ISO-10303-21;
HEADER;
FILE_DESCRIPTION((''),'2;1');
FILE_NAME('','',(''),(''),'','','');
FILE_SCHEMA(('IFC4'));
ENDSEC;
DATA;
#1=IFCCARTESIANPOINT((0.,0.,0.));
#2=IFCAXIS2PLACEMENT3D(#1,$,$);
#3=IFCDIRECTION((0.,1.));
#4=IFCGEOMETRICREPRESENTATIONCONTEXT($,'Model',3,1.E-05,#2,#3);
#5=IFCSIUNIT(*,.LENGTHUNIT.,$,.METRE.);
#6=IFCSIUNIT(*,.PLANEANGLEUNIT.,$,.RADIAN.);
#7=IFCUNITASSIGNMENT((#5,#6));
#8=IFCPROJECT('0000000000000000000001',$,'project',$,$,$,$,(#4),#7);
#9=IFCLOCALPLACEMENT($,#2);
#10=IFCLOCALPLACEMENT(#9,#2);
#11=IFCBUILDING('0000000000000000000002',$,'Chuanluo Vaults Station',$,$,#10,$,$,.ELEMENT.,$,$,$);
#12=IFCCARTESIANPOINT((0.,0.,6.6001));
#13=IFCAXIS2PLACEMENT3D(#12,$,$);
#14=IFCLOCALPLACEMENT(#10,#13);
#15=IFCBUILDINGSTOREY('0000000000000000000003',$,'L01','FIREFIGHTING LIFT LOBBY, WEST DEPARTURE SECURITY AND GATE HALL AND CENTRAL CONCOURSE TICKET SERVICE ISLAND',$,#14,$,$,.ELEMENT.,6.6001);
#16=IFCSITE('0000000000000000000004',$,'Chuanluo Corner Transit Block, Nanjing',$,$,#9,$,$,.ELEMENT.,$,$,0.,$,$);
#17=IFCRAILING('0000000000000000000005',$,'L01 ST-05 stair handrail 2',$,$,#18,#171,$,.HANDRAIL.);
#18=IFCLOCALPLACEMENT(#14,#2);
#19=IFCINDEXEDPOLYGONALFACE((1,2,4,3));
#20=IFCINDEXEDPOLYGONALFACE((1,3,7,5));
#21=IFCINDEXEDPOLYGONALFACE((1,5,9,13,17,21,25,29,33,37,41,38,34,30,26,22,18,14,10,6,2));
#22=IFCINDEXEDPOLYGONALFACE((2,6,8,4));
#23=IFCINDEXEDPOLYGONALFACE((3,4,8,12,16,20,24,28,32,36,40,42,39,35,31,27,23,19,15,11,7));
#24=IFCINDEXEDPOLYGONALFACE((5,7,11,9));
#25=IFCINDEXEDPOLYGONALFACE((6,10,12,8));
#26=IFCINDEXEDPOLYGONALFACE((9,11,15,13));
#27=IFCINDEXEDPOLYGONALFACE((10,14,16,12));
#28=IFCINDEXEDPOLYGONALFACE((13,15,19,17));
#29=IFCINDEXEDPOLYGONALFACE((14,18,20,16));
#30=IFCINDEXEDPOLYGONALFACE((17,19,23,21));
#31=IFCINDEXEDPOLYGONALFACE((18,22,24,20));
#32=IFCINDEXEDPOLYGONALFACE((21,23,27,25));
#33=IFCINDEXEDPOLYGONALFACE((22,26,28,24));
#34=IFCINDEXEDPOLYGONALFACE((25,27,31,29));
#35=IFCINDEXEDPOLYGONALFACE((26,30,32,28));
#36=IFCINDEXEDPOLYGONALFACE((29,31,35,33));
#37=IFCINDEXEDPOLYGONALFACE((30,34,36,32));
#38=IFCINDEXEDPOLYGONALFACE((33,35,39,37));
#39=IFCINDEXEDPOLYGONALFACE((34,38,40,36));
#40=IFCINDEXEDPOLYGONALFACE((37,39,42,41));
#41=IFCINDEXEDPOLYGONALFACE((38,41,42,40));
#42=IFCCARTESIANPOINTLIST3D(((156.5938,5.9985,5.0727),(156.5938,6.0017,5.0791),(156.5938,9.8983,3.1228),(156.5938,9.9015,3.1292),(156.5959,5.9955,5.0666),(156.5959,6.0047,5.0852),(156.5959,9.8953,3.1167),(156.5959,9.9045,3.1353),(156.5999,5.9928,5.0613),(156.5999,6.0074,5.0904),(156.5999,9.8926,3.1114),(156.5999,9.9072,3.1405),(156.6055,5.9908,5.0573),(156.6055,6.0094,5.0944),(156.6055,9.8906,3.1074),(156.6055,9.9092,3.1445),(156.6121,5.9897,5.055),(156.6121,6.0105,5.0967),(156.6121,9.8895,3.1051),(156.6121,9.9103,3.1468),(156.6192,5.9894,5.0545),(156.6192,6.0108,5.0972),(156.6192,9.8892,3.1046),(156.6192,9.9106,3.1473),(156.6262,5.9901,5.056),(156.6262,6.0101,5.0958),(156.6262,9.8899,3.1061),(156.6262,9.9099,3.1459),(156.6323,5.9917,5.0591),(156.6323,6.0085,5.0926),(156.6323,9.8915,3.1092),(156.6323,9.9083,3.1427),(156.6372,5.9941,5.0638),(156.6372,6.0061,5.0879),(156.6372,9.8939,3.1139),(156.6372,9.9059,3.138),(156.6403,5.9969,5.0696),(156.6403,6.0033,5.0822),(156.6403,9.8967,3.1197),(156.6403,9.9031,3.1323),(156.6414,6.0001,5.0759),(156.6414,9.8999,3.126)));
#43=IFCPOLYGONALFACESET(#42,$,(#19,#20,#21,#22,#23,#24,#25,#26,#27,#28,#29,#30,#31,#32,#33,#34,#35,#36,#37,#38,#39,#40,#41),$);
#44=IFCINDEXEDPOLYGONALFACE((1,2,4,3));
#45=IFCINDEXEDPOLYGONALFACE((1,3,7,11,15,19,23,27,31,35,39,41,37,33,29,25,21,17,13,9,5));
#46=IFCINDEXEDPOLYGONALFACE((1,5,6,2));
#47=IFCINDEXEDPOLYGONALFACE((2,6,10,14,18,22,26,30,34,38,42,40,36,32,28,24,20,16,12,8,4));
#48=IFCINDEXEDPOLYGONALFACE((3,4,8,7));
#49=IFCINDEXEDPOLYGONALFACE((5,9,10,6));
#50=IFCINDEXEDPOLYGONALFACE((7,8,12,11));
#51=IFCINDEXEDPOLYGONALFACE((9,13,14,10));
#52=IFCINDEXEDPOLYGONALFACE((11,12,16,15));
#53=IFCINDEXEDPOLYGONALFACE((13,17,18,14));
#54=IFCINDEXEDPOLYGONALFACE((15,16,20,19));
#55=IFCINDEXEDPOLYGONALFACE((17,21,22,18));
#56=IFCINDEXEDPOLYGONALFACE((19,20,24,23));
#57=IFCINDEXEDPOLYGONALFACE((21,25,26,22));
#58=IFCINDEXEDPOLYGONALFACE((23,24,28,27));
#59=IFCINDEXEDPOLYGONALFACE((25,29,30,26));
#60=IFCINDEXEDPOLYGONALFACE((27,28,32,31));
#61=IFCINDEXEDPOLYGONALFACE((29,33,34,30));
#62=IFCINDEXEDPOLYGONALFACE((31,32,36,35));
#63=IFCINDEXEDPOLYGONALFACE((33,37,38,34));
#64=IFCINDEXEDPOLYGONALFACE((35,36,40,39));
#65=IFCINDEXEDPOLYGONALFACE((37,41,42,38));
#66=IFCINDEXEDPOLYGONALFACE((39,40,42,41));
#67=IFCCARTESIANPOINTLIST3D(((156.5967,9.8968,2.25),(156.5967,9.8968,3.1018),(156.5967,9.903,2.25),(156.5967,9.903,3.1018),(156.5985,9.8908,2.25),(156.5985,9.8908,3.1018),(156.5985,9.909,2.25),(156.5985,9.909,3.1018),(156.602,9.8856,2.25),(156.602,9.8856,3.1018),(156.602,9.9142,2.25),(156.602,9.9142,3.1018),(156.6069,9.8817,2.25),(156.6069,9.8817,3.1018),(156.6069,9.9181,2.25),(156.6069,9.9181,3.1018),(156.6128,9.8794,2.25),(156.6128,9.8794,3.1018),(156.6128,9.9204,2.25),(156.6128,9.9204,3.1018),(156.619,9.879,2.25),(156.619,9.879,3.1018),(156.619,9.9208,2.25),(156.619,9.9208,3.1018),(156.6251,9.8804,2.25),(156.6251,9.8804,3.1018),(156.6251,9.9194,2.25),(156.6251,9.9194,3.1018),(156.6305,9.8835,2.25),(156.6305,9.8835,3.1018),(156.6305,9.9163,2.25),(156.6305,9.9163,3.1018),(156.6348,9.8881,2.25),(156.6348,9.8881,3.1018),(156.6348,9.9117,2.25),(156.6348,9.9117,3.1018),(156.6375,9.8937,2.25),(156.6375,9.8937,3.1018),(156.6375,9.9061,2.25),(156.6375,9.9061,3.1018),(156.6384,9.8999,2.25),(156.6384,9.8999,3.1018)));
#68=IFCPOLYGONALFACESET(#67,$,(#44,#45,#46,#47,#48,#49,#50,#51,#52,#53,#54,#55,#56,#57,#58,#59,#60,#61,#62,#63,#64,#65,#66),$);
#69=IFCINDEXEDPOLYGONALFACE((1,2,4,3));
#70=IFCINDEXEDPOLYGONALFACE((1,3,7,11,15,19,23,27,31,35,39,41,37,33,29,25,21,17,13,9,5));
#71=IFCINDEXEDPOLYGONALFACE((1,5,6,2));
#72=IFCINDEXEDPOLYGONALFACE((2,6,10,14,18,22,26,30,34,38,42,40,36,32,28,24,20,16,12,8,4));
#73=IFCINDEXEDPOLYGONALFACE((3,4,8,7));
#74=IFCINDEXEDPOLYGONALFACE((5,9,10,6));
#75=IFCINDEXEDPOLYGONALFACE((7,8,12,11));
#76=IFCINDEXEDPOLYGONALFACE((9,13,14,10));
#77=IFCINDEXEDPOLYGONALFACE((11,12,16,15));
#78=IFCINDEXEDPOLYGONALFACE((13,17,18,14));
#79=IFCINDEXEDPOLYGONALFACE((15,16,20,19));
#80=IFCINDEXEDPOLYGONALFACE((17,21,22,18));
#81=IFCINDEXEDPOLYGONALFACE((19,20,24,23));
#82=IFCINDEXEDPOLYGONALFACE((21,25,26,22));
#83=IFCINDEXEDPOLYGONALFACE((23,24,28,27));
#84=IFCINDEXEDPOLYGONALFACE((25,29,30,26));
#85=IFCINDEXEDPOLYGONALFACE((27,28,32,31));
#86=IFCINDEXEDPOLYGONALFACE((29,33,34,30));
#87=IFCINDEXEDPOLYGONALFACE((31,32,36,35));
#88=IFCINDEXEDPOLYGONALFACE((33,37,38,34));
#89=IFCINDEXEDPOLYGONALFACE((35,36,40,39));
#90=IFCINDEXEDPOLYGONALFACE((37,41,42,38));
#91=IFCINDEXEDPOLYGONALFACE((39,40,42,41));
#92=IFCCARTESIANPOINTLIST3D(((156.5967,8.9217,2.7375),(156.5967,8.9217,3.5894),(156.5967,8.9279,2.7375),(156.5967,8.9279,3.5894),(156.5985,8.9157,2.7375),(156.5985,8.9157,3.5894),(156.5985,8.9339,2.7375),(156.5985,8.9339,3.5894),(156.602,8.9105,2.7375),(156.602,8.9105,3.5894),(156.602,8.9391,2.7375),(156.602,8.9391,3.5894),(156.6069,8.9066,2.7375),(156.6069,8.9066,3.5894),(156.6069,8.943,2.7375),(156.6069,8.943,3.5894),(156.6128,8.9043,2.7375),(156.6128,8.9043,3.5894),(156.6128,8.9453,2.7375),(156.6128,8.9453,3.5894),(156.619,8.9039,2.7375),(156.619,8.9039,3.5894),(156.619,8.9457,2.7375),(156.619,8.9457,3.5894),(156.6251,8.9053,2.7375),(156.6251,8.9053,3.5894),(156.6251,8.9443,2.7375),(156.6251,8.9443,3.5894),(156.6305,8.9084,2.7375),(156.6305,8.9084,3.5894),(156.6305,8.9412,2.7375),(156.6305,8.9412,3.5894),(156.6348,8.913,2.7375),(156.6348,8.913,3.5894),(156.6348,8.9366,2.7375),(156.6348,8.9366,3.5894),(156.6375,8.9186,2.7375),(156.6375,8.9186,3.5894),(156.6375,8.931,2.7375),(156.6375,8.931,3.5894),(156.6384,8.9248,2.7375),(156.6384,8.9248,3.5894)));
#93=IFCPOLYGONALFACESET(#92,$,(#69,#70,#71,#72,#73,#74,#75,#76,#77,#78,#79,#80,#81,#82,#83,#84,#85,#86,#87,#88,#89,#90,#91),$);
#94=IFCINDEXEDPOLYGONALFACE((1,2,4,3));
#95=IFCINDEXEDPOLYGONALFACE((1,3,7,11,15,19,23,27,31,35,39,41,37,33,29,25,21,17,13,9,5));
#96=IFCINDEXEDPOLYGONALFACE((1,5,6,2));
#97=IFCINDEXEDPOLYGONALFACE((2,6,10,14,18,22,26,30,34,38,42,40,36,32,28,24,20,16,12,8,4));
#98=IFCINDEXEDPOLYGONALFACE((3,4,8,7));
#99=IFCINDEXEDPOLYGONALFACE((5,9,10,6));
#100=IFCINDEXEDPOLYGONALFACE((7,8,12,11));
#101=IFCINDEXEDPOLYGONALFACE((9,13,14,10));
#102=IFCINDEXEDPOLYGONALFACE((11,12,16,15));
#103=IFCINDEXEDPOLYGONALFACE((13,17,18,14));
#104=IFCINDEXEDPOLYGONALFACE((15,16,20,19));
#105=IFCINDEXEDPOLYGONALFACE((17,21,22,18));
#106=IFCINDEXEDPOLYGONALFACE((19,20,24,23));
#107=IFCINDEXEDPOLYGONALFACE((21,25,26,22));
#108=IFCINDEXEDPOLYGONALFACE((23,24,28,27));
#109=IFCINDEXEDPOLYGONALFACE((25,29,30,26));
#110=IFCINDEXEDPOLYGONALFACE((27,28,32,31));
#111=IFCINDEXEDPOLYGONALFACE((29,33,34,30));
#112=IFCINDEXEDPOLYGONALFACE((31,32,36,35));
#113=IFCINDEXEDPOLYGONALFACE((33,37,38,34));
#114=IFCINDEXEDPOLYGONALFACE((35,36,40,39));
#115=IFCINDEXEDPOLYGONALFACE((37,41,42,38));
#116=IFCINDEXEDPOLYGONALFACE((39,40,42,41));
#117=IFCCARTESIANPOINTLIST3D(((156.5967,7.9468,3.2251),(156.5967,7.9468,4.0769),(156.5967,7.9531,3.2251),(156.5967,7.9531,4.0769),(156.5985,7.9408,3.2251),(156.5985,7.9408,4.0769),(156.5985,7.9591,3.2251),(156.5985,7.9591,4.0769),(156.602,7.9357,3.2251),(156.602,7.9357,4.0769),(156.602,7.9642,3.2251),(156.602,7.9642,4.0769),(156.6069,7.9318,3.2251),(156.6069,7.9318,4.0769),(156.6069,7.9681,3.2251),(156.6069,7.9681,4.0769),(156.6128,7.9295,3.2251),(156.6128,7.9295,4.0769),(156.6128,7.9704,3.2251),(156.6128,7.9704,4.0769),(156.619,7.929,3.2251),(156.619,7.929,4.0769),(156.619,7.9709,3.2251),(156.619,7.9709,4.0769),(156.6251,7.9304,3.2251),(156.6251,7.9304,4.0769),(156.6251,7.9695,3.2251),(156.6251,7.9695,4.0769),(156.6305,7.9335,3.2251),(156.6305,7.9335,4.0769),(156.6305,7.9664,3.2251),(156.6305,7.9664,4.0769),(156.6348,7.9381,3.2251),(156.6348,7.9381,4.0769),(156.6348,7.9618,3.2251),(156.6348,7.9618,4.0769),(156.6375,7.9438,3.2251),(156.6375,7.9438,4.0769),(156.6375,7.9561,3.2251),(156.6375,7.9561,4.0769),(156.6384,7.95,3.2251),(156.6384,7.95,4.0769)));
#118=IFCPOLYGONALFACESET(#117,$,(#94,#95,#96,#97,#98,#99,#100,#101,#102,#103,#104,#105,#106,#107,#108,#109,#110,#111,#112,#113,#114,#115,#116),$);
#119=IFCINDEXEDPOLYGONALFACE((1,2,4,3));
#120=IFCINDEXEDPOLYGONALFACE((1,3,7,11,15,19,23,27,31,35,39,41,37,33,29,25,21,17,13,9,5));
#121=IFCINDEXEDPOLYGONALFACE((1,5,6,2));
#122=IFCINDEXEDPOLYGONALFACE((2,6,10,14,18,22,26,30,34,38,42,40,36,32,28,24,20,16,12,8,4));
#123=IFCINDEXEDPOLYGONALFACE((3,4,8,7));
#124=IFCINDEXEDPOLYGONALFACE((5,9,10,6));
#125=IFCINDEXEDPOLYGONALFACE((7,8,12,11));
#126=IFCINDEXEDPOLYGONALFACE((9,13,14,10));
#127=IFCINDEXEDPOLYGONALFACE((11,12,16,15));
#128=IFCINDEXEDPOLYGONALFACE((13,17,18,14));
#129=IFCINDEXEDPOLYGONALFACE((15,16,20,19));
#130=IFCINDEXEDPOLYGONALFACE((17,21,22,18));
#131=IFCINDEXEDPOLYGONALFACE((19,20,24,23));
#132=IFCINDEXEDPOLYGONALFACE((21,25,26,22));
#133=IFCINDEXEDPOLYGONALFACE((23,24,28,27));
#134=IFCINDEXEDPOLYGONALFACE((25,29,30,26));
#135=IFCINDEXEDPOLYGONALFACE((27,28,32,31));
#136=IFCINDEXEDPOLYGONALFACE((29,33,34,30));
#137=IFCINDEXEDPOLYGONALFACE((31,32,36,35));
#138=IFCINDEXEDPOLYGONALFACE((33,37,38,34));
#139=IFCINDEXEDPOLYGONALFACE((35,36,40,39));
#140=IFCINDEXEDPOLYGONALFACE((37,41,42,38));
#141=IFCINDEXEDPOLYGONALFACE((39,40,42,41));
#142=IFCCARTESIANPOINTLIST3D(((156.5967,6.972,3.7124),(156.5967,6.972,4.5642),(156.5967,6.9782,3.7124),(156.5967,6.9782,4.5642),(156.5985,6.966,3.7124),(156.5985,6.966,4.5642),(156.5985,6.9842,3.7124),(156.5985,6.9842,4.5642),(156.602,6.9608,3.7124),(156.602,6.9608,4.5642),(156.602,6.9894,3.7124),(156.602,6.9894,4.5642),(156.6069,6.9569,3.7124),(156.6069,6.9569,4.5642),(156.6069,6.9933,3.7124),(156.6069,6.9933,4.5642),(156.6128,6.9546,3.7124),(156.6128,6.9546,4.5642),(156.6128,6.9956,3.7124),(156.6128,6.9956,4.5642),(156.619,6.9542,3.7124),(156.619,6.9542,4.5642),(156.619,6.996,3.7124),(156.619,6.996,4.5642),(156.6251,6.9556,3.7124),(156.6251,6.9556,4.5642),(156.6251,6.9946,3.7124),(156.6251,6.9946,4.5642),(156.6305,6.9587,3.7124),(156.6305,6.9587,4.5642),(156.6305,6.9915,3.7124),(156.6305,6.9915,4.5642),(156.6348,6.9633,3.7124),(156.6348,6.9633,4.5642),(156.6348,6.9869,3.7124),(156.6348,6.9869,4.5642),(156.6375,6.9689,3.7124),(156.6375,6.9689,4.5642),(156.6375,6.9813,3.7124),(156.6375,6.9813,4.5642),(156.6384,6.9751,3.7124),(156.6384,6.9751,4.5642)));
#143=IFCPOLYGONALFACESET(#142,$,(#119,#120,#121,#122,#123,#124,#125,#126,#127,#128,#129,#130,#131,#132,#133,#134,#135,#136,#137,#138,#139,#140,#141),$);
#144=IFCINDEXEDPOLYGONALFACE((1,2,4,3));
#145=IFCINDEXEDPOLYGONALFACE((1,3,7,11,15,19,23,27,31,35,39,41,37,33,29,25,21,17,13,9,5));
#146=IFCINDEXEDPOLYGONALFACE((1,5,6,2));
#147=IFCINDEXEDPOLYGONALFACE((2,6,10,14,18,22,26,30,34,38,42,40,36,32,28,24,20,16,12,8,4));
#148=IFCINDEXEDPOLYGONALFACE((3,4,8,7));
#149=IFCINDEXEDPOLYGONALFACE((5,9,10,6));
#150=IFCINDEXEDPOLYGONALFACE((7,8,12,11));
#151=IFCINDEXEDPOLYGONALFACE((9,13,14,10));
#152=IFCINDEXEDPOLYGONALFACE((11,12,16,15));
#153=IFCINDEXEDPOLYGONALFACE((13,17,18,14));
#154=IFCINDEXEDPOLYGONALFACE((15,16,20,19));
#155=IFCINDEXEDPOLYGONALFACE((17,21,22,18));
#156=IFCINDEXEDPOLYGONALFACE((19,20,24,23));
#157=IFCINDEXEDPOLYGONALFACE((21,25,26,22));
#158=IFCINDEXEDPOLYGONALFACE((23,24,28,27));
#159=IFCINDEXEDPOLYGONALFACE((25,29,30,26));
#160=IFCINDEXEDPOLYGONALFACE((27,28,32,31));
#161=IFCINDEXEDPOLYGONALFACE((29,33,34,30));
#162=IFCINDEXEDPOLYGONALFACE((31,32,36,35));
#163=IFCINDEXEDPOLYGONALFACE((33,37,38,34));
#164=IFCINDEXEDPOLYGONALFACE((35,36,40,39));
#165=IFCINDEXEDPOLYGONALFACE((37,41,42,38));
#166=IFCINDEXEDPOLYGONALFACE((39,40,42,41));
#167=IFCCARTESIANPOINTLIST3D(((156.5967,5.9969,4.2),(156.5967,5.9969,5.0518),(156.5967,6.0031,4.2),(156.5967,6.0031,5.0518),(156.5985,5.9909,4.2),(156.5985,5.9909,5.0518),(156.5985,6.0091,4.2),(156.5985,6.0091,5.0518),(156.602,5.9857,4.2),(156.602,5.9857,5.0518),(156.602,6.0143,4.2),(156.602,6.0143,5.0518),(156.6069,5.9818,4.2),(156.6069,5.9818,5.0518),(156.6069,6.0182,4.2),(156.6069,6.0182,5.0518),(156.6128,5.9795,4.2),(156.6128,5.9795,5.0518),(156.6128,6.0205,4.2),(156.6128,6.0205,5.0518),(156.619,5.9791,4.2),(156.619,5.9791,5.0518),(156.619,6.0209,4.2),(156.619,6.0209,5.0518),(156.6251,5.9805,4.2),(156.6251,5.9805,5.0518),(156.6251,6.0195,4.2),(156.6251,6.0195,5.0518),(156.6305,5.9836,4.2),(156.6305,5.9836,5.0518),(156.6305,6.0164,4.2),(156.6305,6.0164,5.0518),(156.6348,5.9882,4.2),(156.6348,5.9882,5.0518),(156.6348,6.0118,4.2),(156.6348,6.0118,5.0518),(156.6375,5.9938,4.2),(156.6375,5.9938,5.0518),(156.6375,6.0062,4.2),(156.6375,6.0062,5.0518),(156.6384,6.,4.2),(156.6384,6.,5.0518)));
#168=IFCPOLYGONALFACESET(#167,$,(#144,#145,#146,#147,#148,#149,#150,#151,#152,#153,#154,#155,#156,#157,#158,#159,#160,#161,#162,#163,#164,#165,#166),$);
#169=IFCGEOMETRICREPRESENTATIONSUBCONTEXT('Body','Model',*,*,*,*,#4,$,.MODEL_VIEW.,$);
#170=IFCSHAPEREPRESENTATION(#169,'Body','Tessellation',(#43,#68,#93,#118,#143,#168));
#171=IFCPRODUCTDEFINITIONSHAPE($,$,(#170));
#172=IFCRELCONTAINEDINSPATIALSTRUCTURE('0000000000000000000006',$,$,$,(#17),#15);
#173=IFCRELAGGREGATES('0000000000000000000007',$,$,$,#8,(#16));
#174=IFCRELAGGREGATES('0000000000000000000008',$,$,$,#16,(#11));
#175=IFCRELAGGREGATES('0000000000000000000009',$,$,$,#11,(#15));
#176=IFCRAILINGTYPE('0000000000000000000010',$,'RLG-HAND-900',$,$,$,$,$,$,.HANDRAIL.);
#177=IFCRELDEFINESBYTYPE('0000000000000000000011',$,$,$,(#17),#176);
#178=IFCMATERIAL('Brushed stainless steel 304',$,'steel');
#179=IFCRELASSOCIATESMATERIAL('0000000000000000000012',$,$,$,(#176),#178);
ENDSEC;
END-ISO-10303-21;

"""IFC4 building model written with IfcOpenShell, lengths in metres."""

from ifc_helpers import new_model, si_unit, direction, frame, origin, origin_2d, place, context, subcontext, project, spatial, circle, extrude, material, type_object, element, save


model = new_model("IFC4")

# Units and contexts
model_context = context("Model", 3, precision=1e-05, world=origin(), true_north=direction((0.0, 1.0)))
body_context = subcontext(model_context, "Body", "Model", "MODEL_VIEW")
ifc_project = project(units=[si_unit("LENGTHUNIT", "METRE"), si_unit("PLANEANGLEUNIT", "RADIAN")], contexts=[model_context])

# Site, building, storey
site_placement = place(None, origin())
site = spatial("IfcSite", under=ifc_project, at=site_placement, Name="Chuanluo Corner Transit Block, Nanjing", CompositionType="ELEMENT", RefElevation=0.0)
building_placement = place(site_placement, origin())
building = spatial("IfcBuilding", under=site, at=building_placement, Name="Chuanluo Vaults Station", CompositionType="ELEMENT")
storey_placement = place(building_placement, frame((0.0, 0.0, 6.6001)))
storey = spatial("IfcBuildingStorey", under=building, at=storey_placement, Name="L01", Description="FIREFIGHTING LIFT LOBBY, WEST DEPARTURE SECURITY AND GATE HALL AND CENTRAL CONCOURSE TICKET SERVICE ISLAND", CompositionType="ELEMENT", Elevation=6.6001)

# Railing
ifc_material_1 = material(Name="Brushed stainless steel 304", Category="steel")
railing_type_1 = type_object("IfcRailingType", Name="RLG-HAND-900", PredefinedType="HANDRAIL", material=ifc_material_1)
railing_1_placement = place(storey_placement, frame((156.6174, 9.8999, 2.25)))
element("IfcRailing", 1, at=railing_1_placement, inside=storey, type_object=railing_type_1, Name="L01 ST-05 stair handrail 2", PredefinedType="HANDRAIL", context=body_context, shape_type="SweptSolid", body=[
    extrude(circle(Radius=0.0239, at=origin_2d()), frame((0.0, 0.0, 0.876), z_axis=(0.0, -0.894427, 0.447214), x_axis=(1.0, 0.0, 0.0)), (0.0, 0.0, 1.0), 4.3601),
    extrude(circle(Radius=0.021, at=origin_2d()), origin(), (0.0, 0.0, 1.0), 0.8518),
    extrude(circle(Radius=0.021, at=origin_2d()), frame((0.0, -0.9751, 0.4875)), (0.0, 0.0, 1.0), 0.8518),
    extrude(circle(Radius=0.021, at=origin_2d()), frame((0.0, -1.95, 0.9751)), (0.0, 0.0, 1.0), 0.8518),
    extrude(circle(Radius=0.021, at=origin_2d()), frame((0.0, -2.9248, 1.4624)), (0.0, 0.0, 1.0), 0.8518),
    extrude(circle(Radius=0.021, at=origin_2d()), frame((0.0, -3.8999, 1.95)), (0.0, 0.0, 1.0), 0.8518),
])

save(model, "model.ifc")
